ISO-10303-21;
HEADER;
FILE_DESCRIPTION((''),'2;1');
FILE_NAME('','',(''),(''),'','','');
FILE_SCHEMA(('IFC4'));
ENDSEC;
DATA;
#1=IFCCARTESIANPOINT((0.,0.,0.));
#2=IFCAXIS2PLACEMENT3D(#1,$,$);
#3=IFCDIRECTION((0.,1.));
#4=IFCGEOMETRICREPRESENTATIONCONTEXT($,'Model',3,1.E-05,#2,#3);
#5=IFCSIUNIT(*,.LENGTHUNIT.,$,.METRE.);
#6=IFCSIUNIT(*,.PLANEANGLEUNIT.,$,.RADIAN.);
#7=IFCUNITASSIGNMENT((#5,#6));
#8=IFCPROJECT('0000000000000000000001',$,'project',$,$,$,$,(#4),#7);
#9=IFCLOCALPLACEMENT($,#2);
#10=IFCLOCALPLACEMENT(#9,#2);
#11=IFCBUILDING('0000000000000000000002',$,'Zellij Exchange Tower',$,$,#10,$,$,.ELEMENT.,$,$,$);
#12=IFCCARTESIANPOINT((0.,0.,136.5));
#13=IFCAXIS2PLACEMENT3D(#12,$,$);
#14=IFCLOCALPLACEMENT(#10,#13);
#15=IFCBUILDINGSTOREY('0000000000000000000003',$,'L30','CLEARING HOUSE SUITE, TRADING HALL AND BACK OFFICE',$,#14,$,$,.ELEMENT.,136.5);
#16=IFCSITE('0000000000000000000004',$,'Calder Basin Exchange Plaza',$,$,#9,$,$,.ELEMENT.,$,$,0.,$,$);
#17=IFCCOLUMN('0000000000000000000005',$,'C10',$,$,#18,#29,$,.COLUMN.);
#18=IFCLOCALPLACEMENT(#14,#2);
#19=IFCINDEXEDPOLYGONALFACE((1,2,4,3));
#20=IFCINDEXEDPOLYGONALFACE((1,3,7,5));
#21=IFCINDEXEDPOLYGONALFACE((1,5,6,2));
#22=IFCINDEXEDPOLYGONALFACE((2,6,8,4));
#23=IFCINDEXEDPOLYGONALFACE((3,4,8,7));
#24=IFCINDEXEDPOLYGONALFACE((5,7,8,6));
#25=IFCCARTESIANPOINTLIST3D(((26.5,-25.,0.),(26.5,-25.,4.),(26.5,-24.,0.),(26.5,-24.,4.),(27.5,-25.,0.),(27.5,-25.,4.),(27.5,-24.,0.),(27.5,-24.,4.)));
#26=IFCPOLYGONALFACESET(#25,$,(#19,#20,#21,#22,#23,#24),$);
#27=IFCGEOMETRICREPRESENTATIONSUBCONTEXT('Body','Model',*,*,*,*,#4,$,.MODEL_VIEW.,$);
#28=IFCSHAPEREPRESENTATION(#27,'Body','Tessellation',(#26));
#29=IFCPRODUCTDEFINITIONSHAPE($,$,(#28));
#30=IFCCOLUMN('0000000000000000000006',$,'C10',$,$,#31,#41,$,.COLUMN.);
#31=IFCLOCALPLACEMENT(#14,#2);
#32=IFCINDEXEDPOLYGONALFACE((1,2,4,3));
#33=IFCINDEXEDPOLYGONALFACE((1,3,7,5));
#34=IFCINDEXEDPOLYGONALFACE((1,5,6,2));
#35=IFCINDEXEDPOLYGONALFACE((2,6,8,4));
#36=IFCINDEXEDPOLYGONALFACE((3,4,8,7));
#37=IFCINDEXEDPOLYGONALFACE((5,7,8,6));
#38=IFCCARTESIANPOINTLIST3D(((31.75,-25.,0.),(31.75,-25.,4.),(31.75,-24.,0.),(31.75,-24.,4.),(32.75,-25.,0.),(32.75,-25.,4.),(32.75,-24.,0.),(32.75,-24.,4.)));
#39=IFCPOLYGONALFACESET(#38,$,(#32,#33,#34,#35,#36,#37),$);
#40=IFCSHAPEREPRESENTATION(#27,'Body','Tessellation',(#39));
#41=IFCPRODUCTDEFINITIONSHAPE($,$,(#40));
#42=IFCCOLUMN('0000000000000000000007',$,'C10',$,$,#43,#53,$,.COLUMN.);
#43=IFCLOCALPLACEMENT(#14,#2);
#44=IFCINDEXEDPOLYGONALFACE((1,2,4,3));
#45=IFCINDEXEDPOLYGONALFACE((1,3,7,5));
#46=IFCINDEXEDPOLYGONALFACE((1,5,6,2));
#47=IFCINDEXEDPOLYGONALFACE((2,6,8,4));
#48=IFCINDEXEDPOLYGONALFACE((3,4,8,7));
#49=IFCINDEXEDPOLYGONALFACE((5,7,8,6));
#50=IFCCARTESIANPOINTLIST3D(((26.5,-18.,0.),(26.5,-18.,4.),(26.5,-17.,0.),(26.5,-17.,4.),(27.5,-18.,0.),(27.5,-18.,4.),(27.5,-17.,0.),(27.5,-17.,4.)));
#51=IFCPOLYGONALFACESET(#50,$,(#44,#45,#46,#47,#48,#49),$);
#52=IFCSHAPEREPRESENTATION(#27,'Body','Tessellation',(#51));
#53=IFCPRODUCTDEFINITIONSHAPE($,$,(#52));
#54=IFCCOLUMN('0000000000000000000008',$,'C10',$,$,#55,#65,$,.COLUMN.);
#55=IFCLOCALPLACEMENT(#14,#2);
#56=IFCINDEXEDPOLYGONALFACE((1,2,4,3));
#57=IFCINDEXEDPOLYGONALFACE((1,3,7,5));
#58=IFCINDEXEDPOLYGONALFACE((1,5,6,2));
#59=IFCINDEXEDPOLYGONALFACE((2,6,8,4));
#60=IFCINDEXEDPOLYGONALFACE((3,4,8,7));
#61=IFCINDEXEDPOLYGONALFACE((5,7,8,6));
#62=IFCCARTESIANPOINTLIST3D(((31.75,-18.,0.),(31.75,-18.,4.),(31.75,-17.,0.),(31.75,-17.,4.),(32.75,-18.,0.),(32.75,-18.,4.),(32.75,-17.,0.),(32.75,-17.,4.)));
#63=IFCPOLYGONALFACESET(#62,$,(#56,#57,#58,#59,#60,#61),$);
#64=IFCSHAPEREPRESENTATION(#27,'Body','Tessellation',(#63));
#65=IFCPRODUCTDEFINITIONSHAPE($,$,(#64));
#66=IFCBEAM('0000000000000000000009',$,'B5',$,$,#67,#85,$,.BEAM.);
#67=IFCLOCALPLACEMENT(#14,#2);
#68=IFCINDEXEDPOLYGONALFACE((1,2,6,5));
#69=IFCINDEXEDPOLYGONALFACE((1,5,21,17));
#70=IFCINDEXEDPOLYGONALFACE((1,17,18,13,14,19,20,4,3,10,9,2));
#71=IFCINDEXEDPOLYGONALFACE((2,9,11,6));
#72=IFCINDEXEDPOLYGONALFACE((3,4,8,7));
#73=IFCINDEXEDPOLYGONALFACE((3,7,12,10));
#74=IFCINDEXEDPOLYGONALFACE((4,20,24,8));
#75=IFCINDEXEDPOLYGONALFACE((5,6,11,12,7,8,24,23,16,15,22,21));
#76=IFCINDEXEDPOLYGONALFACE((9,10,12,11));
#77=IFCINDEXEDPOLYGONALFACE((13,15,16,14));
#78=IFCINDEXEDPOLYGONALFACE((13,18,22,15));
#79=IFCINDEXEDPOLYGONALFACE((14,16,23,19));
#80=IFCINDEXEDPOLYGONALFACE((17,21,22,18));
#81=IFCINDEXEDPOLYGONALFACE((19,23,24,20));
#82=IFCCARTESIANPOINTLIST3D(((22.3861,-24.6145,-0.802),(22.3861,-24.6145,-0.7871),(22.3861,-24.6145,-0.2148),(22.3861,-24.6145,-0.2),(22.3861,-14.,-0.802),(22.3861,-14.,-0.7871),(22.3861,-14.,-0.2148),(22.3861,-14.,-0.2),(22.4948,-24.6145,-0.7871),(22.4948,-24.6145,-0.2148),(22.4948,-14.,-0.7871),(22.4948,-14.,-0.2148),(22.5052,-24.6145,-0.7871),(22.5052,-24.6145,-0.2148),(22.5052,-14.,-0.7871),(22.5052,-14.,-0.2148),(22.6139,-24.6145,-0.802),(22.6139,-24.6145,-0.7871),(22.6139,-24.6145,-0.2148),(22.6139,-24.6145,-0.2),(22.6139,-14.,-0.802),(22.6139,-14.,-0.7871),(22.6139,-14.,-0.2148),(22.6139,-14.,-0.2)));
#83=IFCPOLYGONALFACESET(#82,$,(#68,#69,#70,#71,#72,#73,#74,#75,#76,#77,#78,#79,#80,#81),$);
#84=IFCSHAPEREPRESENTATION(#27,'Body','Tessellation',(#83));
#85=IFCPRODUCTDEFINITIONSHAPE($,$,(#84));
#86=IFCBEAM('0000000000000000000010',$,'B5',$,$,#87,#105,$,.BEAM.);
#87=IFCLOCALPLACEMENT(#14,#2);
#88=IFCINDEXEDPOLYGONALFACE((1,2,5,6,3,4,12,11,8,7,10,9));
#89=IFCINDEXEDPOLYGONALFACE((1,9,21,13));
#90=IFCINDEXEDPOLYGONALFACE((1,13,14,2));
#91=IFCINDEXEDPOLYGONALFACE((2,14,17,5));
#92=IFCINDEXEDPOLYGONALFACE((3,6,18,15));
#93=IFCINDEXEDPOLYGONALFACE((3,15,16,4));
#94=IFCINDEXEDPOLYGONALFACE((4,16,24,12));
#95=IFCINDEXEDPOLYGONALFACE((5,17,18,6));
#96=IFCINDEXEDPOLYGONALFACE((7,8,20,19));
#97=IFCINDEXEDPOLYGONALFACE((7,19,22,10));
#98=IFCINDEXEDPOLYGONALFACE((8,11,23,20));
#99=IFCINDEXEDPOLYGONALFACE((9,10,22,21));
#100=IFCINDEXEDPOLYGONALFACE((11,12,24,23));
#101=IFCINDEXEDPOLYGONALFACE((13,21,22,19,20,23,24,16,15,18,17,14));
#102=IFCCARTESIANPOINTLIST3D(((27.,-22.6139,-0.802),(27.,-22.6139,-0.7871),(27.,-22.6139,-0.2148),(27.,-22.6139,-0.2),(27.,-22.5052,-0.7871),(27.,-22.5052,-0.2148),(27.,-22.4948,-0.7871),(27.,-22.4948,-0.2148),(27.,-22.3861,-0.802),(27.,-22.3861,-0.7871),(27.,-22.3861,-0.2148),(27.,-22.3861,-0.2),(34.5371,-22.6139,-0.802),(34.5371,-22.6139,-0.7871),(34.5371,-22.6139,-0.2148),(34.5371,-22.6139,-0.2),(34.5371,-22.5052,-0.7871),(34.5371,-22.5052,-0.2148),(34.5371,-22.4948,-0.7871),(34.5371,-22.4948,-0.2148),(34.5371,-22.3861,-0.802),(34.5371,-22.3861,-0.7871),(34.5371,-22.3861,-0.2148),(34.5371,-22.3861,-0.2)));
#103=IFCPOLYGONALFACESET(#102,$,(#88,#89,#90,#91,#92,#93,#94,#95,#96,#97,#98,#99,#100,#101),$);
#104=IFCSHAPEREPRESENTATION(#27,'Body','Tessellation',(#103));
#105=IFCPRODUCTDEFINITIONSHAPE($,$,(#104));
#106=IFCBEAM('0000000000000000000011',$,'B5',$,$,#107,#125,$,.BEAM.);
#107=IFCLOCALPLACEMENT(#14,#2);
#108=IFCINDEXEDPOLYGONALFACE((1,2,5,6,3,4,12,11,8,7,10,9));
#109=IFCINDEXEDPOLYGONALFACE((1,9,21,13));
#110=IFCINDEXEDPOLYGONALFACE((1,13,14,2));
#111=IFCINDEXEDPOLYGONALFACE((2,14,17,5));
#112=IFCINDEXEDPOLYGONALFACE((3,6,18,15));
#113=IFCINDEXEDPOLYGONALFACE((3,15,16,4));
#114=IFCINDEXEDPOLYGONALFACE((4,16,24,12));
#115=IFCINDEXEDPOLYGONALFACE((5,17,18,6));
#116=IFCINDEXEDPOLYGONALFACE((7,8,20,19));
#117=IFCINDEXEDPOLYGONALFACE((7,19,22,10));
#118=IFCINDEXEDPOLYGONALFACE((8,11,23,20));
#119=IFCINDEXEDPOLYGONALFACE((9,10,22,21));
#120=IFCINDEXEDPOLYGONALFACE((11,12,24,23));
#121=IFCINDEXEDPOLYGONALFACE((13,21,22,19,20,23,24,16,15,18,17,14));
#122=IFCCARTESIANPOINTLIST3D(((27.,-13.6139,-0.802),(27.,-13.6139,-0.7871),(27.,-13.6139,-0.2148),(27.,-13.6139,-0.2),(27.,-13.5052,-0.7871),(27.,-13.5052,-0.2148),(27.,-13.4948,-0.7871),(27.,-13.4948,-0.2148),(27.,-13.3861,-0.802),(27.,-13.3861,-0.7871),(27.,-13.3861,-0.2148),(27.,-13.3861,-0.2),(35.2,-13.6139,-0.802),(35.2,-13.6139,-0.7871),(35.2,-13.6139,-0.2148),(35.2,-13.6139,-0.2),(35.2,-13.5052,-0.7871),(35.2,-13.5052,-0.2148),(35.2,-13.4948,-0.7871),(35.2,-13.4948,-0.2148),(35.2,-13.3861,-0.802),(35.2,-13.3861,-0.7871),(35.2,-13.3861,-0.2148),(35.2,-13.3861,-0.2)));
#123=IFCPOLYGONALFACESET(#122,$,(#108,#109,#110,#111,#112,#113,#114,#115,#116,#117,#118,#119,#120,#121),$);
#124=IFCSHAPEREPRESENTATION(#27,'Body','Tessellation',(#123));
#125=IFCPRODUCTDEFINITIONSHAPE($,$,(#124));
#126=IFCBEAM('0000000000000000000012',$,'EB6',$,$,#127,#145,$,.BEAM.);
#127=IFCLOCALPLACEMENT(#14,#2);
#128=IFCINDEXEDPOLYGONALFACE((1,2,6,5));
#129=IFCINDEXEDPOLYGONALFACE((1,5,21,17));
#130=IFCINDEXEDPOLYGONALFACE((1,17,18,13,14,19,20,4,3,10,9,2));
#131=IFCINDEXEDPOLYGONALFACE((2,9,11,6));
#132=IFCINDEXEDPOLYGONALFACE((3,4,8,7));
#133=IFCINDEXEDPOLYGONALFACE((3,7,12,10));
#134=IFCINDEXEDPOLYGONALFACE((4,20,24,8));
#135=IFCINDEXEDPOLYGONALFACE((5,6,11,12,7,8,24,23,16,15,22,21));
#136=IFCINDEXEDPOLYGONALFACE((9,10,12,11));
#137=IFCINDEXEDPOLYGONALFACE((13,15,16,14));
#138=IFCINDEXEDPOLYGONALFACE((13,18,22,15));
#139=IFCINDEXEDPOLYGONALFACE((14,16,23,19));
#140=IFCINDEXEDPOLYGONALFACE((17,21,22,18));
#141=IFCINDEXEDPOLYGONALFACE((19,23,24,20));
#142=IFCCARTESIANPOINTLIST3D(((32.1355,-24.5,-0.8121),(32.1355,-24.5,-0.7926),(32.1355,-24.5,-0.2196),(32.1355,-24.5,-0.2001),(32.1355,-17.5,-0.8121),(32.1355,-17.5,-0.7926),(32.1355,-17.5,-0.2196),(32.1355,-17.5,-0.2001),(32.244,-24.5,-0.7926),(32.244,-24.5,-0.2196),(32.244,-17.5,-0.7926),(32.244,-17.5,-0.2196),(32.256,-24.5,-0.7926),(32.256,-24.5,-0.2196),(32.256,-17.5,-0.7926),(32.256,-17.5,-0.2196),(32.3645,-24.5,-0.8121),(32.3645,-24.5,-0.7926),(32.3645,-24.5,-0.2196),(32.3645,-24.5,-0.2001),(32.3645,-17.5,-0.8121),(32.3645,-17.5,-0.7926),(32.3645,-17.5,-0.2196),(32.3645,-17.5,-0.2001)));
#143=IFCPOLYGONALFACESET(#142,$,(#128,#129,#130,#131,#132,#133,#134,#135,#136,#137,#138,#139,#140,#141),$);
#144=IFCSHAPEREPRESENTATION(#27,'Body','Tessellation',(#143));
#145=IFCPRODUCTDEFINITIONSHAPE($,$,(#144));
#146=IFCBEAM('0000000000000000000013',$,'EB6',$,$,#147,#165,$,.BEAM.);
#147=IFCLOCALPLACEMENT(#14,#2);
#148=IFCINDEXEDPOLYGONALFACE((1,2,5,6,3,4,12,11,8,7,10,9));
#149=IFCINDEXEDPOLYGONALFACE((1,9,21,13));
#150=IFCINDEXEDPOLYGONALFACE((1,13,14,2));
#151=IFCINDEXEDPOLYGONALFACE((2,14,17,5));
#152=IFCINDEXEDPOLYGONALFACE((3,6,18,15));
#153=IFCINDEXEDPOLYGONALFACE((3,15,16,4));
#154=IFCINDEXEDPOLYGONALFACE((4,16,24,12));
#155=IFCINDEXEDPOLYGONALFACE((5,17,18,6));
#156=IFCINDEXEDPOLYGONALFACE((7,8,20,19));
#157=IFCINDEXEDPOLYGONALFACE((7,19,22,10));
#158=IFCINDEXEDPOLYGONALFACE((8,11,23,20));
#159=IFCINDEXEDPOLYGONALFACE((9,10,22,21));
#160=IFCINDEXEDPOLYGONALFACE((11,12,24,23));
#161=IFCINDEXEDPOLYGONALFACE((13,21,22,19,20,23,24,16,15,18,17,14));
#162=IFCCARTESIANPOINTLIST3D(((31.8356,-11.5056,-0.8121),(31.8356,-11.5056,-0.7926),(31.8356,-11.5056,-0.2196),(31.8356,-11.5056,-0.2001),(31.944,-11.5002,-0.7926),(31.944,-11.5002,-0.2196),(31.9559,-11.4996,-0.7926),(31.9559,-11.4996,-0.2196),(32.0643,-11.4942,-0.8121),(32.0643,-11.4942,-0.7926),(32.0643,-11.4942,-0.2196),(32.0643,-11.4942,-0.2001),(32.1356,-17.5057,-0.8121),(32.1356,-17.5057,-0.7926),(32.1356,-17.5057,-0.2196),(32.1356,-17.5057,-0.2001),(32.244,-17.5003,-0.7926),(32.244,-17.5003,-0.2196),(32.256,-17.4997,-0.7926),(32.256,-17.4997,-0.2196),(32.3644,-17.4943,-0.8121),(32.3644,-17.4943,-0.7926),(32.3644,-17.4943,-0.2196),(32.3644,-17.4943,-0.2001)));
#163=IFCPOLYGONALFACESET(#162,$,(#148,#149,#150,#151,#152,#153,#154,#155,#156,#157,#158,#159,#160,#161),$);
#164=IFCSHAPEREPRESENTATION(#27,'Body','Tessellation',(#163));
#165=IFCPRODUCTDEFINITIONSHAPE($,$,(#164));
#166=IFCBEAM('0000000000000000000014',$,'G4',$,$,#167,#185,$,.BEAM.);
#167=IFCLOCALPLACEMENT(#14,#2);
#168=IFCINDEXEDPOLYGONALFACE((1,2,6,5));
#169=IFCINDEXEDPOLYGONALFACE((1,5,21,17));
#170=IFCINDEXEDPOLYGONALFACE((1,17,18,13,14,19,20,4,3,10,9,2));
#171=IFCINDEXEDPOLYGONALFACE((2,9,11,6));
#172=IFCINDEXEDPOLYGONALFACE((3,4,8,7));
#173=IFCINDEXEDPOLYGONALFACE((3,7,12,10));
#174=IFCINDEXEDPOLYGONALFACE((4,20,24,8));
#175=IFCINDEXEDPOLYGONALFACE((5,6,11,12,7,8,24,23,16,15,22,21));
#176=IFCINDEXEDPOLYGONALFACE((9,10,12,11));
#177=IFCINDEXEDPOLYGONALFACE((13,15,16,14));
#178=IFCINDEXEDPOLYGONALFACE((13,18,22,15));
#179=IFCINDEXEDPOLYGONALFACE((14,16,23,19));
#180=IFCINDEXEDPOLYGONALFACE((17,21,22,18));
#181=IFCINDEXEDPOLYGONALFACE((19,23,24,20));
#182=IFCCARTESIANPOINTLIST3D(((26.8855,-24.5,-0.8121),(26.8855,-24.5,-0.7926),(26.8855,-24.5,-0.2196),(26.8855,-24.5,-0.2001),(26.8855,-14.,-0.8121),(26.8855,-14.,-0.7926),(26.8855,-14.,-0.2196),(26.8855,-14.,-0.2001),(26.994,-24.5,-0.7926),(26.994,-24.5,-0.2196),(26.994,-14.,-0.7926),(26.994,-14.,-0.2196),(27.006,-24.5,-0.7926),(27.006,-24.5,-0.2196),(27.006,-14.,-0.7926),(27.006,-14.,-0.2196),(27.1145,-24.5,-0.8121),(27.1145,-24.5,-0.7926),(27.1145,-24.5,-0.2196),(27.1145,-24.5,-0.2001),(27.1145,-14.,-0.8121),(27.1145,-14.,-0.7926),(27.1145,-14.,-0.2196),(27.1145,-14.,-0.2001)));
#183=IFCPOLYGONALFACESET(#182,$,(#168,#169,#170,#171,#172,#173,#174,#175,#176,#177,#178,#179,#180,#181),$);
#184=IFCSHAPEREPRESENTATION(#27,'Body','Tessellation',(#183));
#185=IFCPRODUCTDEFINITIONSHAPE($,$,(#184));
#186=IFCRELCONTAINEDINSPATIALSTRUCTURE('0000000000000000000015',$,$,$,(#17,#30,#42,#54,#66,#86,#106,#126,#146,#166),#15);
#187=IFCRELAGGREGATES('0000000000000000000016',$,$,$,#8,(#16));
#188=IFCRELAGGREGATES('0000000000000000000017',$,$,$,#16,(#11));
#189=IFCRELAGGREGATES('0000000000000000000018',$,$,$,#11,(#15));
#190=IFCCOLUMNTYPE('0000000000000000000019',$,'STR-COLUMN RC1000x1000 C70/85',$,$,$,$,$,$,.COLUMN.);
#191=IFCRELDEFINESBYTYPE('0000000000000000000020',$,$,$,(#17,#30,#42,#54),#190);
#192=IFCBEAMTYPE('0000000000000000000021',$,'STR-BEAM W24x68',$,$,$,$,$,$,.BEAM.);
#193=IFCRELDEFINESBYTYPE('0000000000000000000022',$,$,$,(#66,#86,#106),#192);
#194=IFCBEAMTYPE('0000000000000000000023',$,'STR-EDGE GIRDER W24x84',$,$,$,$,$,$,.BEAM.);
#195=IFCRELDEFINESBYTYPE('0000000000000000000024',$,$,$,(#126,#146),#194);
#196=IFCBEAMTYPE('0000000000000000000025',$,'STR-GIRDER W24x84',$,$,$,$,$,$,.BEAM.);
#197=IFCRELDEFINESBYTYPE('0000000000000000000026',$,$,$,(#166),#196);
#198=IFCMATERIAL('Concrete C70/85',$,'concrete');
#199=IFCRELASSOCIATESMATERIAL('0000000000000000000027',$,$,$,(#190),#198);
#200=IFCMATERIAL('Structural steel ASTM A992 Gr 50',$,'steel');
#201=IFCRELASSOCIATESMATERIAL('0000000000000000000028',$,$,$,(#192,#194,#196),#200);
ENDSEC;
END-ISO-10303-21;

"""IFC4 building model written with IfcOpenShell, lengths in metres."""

from ifc_helpers import new_model, si_unit, direction, frame, origin, origin_2d, place, context, subcontext, project, spatial, rectangle, i_section, extrude, material, material_profile, profile_set, type_object, element, save


model = new_model("IFC4")

# Units and contexts
model_context = context("Model", 3, precision=1e-05, world=origin(), true_north=direction((0.0, 1.0)))
body_context = subcontext(model_context, "Body", "Model", "MODEL_VIEW")
ifc_project = project(units=[si_unit("LENGTHUNIT", "METRE"), si_unit("PLANEANGLEUNIT", "RADIAN")], contexts=[model_context])

# Site, building, storey
site_placement = place(None, origin())
site = spatial("IfcSite", under=ifc_project, at=site_placement, Name="Calder Basin Exchange Plaza", CompositionType="ELEMENT", RefElevation=0.0)
building_placement = place(site_placement, origin())
building = spatial("IfcBuilding", under=site, at=building_placement, Name="Zellij Exchange Tower", CompositionType="ELEMENT")
storey_placement = place(building_placement, frame((0.0, 0.0, 136.5)))
storey = spatial("IfcBuildingStorey", under=building, at=storey_placement, Name="L30", Description="CLEARING HOUSE SUITE, TRADING HALL AND BACK OFFICE", CompositionType="ELEMENT", Elevation=136.5)

# Columns
ifc_material_1 = material(Name="Concrete C70/85", Category="concrete")
ifc_material_profile_1 = material_profile(ifc_material_1, rectangle(XDim=1.0, YDim=1.0, at=origin_2d()), Name="STR-COLUMN RC1000x1000 C70/85")
ifc_profile_set_1 = profile_set([ifc_material_profile_1], Name="Concrete C70/85")
column_type = type_object("IfcColumnType", Name="STR-COLUMN RC1000x1000 C70/85", PredefinedType="COLUMN", material=ifc_profile_set_1)
for number, where, z_axis, x_axis, name in (
    (1, (27.0, -24.5, 0.0), (0.0, 0.0, 1.0), (1.0, 0.0, 0.0), "C10"),
    (2, (32.25, -24.5, 0.0), (0.0, 0.0, 1.0), (1.0, 0.0, 0.0), "C10"),
    (3, (27.0, -17.5, 0.0), (0.0, 0.0, 1.0), (1.0, 0.0, 0.0), "C10"),
    (4, (32.25, -17.5, 0.0), (0.0, 0.0, 1.0), (1.0, 0.0, 0.0), "C10"),
):
    element("IfcColumn", number, at=place(storey_placement, frame(where, z_axis=z_axis, x_axis=x_axis)), inside=storey, type_object=column_type, Name=name, PredefinedType="COLUMN", context=body_context, shape_type="SweptSolid", body=[
        extrude(rectangle(XDim=1.0, YDim=1.0, at=origin_2d()), origin(), (0.0, 0.0, 1.0), 4.0),
    ])

# Beams
ifc_material_2 = material(Name="Structural steel ASTM A992 Gr 50", Category="steel")
ifc_material_profile_2 = material_profile(ifc_material_2, i_section(OverallWidth=0.2278, OverallDepth=0.6021, WebThickness=0.0105, FlangeThickness=0.0149, at=origin_2d()), Name="W24x68")
ifc_profile_set_2 = profile_set([ifc_material_profile_2], Name="Structural steel ASTM A992 Gr 50")
beam_type_1 = type_object("IfcBeamType", Name="STR-BEAM W24x68", PredefinedType="BEAM", material=ifc_profile_set_2)
beam_1_placement = place(storey_placement, frame((22.5, -24.6145, -0.501), z_axis=(0.0, 1.0, 0.0), x_axis=(-1.0, 0.0, 0.0)))
element("IfcBeam", 5, at=beam_1_placement, inside=storey, type_object=beam_type_1, Name="B5", PredefinedType="BEAM", context=body_context, shape_type="SweptSolid", body=[
    extrude(i_section(OverallWidth=0.2278, OverallDepth=0.6021, WebThickness=0.0105, FlangeThickness=0.0149, at=origin_2d()), origin(), (0.0, 0.0, 1.0), 10.6145),
])
beam_2_placement = place(storey_placement, frame((27.0, -22.5, -0.501), z_axis=(1.0, 0.0, 0.0), x_axis=(0.0, 1.0, 0.0)))
element("IfcBeam", 6, at=beam_2_placement, inside=storey, type_object=beam_type_1, Name="B5", PredefinedType="BEAM", context=body_context, shape_type="SweptSolid", body=[
    extrude(i_section(OverallWidth=0.2278, OverallDepth=0.6021, WebThickness=0.0105, FlangeThickness=0.0149, at=origin_2d()), origin(), (0.0, 0.0, 1.0), 7.5371),
])
beam_3_placement = place(storey_placement, frame((27.0, -13.5, -0.501), z_axis=(1.0, 0.0, 0.0), x_axis=(0.0, 1.0, 0.0)))
element("IfcBeam", 7, at=beam_3_placement, inside=storey, type_object=beam_type_1, Name="B5", PredefinedType="BEAM", context=body_context, shape_type="SweptSolid", body=[
    extrude(i_section(OverallWidth=0.2278, OverallDepth=0.6021, WebThickness=0.0105, FlangeThickness=0.0149, at=origin_2d()), origin(), (0.0, 0.0, 1.0), 8.2),
])
ifc_material_profile_3 = material_profile(ifc_material_2, i_section(OverallWidth=0.229, OverallDepth=0.6121, WebThickness=0.012, FlangeThickness=0.0195, at=origin_2d()), Name="W24x84")
ifc_profile_set_3 = profile_set([ifc_material_profile_3], Name="Structural steel ASTM A992 Gr 50")
beam_type_2 = type_object("IfcBeamType", Name="STR-EDGE GIRDER W24x84", PredefinedType="BEAM", material=ifc_profile_set_3)
beam_4_placement = place(storey_placement, frame((32.25, -24.5, -0.5061), z_axis=(0.0, 1.0, 0.0), x_axis=(-1.0, 0.0, 0.0)))
element("IfcBeam", 8, at=beam_4_placement, inside=storey, type_object=beam_type_2, Name="EB6", PredefinedType="BEAM", context=body_context, shape_type="SweptSolid", body=[
    extrude(i_section(OverallWidth=0.229, OverallDepth=0.6121, WebThickness=0.012, FlangeThickness=0.0195, at=origin_2d()), origin(), (0.0, 0.0, 1.0), 7.0),
])
beam_5_placement = place(storey_placement, frame((32.25, -17.5, -0.5061), z_axis=(-0.049946, 0.998752, 0.0), x_axis=(-0.998752, -0.049946, 0.0)))
element("IfcBeam", 9, at=beam_5_placement, inside=storey, type_object=beam_type_2, Name="EB6", PredefinedType="BEAM", context=body_context, shape_type="SweptSolid", body=[
    extrude(i_section(OverallWidth=0.229, OverallDepth=0.6121, WebThickness=0.012, FlangeThickness=0.0195, at=origin_2d()), origin(), (0.0, 0.0, 1.0), 6.0076),
])
ifc_material_profile_4 = material_profile(ifc_material_2, i_section(OverallWidth=0.229, OverallDepth=0.6121, WebThickness=0.012, FlangeThickness=0.0195, at=origin_2d()), Name="W24x84")
ifc_profile_set_4 = profile_set([ifc_material_profile_4], Name="Structural steel ASTM A992 Gr 50")
beam_type_3 = type_object("IfcBeamType", Name="STR-GIRDER W24x84", PredefinedType="BEAM", material=ifc_profile_set_4)
beam_6_placement = place(storey_placement, frame((27.0, -24.5, -0.5061), z_axis=(0.0, 1.0, 0.0), x_axis=(-1.0, 0.0, 0.0)))
element("IfcBeam", 10, at=beam_6_placement, inside=storey, type_object=beam_type_3, Name="G4", PredefinedType="BEAM", context=body_context, shape_type="SweptSolid", body=[
    extrude(i_section(OverallWidth=0.229, OverallDepth=0.6121, WebThickness=0.012, FlangeThickness=0.0195, at=origin_2d()), origin(), (0.0, 0.0, 1.0), 10.5),
])

save(model, "model.ifc")
